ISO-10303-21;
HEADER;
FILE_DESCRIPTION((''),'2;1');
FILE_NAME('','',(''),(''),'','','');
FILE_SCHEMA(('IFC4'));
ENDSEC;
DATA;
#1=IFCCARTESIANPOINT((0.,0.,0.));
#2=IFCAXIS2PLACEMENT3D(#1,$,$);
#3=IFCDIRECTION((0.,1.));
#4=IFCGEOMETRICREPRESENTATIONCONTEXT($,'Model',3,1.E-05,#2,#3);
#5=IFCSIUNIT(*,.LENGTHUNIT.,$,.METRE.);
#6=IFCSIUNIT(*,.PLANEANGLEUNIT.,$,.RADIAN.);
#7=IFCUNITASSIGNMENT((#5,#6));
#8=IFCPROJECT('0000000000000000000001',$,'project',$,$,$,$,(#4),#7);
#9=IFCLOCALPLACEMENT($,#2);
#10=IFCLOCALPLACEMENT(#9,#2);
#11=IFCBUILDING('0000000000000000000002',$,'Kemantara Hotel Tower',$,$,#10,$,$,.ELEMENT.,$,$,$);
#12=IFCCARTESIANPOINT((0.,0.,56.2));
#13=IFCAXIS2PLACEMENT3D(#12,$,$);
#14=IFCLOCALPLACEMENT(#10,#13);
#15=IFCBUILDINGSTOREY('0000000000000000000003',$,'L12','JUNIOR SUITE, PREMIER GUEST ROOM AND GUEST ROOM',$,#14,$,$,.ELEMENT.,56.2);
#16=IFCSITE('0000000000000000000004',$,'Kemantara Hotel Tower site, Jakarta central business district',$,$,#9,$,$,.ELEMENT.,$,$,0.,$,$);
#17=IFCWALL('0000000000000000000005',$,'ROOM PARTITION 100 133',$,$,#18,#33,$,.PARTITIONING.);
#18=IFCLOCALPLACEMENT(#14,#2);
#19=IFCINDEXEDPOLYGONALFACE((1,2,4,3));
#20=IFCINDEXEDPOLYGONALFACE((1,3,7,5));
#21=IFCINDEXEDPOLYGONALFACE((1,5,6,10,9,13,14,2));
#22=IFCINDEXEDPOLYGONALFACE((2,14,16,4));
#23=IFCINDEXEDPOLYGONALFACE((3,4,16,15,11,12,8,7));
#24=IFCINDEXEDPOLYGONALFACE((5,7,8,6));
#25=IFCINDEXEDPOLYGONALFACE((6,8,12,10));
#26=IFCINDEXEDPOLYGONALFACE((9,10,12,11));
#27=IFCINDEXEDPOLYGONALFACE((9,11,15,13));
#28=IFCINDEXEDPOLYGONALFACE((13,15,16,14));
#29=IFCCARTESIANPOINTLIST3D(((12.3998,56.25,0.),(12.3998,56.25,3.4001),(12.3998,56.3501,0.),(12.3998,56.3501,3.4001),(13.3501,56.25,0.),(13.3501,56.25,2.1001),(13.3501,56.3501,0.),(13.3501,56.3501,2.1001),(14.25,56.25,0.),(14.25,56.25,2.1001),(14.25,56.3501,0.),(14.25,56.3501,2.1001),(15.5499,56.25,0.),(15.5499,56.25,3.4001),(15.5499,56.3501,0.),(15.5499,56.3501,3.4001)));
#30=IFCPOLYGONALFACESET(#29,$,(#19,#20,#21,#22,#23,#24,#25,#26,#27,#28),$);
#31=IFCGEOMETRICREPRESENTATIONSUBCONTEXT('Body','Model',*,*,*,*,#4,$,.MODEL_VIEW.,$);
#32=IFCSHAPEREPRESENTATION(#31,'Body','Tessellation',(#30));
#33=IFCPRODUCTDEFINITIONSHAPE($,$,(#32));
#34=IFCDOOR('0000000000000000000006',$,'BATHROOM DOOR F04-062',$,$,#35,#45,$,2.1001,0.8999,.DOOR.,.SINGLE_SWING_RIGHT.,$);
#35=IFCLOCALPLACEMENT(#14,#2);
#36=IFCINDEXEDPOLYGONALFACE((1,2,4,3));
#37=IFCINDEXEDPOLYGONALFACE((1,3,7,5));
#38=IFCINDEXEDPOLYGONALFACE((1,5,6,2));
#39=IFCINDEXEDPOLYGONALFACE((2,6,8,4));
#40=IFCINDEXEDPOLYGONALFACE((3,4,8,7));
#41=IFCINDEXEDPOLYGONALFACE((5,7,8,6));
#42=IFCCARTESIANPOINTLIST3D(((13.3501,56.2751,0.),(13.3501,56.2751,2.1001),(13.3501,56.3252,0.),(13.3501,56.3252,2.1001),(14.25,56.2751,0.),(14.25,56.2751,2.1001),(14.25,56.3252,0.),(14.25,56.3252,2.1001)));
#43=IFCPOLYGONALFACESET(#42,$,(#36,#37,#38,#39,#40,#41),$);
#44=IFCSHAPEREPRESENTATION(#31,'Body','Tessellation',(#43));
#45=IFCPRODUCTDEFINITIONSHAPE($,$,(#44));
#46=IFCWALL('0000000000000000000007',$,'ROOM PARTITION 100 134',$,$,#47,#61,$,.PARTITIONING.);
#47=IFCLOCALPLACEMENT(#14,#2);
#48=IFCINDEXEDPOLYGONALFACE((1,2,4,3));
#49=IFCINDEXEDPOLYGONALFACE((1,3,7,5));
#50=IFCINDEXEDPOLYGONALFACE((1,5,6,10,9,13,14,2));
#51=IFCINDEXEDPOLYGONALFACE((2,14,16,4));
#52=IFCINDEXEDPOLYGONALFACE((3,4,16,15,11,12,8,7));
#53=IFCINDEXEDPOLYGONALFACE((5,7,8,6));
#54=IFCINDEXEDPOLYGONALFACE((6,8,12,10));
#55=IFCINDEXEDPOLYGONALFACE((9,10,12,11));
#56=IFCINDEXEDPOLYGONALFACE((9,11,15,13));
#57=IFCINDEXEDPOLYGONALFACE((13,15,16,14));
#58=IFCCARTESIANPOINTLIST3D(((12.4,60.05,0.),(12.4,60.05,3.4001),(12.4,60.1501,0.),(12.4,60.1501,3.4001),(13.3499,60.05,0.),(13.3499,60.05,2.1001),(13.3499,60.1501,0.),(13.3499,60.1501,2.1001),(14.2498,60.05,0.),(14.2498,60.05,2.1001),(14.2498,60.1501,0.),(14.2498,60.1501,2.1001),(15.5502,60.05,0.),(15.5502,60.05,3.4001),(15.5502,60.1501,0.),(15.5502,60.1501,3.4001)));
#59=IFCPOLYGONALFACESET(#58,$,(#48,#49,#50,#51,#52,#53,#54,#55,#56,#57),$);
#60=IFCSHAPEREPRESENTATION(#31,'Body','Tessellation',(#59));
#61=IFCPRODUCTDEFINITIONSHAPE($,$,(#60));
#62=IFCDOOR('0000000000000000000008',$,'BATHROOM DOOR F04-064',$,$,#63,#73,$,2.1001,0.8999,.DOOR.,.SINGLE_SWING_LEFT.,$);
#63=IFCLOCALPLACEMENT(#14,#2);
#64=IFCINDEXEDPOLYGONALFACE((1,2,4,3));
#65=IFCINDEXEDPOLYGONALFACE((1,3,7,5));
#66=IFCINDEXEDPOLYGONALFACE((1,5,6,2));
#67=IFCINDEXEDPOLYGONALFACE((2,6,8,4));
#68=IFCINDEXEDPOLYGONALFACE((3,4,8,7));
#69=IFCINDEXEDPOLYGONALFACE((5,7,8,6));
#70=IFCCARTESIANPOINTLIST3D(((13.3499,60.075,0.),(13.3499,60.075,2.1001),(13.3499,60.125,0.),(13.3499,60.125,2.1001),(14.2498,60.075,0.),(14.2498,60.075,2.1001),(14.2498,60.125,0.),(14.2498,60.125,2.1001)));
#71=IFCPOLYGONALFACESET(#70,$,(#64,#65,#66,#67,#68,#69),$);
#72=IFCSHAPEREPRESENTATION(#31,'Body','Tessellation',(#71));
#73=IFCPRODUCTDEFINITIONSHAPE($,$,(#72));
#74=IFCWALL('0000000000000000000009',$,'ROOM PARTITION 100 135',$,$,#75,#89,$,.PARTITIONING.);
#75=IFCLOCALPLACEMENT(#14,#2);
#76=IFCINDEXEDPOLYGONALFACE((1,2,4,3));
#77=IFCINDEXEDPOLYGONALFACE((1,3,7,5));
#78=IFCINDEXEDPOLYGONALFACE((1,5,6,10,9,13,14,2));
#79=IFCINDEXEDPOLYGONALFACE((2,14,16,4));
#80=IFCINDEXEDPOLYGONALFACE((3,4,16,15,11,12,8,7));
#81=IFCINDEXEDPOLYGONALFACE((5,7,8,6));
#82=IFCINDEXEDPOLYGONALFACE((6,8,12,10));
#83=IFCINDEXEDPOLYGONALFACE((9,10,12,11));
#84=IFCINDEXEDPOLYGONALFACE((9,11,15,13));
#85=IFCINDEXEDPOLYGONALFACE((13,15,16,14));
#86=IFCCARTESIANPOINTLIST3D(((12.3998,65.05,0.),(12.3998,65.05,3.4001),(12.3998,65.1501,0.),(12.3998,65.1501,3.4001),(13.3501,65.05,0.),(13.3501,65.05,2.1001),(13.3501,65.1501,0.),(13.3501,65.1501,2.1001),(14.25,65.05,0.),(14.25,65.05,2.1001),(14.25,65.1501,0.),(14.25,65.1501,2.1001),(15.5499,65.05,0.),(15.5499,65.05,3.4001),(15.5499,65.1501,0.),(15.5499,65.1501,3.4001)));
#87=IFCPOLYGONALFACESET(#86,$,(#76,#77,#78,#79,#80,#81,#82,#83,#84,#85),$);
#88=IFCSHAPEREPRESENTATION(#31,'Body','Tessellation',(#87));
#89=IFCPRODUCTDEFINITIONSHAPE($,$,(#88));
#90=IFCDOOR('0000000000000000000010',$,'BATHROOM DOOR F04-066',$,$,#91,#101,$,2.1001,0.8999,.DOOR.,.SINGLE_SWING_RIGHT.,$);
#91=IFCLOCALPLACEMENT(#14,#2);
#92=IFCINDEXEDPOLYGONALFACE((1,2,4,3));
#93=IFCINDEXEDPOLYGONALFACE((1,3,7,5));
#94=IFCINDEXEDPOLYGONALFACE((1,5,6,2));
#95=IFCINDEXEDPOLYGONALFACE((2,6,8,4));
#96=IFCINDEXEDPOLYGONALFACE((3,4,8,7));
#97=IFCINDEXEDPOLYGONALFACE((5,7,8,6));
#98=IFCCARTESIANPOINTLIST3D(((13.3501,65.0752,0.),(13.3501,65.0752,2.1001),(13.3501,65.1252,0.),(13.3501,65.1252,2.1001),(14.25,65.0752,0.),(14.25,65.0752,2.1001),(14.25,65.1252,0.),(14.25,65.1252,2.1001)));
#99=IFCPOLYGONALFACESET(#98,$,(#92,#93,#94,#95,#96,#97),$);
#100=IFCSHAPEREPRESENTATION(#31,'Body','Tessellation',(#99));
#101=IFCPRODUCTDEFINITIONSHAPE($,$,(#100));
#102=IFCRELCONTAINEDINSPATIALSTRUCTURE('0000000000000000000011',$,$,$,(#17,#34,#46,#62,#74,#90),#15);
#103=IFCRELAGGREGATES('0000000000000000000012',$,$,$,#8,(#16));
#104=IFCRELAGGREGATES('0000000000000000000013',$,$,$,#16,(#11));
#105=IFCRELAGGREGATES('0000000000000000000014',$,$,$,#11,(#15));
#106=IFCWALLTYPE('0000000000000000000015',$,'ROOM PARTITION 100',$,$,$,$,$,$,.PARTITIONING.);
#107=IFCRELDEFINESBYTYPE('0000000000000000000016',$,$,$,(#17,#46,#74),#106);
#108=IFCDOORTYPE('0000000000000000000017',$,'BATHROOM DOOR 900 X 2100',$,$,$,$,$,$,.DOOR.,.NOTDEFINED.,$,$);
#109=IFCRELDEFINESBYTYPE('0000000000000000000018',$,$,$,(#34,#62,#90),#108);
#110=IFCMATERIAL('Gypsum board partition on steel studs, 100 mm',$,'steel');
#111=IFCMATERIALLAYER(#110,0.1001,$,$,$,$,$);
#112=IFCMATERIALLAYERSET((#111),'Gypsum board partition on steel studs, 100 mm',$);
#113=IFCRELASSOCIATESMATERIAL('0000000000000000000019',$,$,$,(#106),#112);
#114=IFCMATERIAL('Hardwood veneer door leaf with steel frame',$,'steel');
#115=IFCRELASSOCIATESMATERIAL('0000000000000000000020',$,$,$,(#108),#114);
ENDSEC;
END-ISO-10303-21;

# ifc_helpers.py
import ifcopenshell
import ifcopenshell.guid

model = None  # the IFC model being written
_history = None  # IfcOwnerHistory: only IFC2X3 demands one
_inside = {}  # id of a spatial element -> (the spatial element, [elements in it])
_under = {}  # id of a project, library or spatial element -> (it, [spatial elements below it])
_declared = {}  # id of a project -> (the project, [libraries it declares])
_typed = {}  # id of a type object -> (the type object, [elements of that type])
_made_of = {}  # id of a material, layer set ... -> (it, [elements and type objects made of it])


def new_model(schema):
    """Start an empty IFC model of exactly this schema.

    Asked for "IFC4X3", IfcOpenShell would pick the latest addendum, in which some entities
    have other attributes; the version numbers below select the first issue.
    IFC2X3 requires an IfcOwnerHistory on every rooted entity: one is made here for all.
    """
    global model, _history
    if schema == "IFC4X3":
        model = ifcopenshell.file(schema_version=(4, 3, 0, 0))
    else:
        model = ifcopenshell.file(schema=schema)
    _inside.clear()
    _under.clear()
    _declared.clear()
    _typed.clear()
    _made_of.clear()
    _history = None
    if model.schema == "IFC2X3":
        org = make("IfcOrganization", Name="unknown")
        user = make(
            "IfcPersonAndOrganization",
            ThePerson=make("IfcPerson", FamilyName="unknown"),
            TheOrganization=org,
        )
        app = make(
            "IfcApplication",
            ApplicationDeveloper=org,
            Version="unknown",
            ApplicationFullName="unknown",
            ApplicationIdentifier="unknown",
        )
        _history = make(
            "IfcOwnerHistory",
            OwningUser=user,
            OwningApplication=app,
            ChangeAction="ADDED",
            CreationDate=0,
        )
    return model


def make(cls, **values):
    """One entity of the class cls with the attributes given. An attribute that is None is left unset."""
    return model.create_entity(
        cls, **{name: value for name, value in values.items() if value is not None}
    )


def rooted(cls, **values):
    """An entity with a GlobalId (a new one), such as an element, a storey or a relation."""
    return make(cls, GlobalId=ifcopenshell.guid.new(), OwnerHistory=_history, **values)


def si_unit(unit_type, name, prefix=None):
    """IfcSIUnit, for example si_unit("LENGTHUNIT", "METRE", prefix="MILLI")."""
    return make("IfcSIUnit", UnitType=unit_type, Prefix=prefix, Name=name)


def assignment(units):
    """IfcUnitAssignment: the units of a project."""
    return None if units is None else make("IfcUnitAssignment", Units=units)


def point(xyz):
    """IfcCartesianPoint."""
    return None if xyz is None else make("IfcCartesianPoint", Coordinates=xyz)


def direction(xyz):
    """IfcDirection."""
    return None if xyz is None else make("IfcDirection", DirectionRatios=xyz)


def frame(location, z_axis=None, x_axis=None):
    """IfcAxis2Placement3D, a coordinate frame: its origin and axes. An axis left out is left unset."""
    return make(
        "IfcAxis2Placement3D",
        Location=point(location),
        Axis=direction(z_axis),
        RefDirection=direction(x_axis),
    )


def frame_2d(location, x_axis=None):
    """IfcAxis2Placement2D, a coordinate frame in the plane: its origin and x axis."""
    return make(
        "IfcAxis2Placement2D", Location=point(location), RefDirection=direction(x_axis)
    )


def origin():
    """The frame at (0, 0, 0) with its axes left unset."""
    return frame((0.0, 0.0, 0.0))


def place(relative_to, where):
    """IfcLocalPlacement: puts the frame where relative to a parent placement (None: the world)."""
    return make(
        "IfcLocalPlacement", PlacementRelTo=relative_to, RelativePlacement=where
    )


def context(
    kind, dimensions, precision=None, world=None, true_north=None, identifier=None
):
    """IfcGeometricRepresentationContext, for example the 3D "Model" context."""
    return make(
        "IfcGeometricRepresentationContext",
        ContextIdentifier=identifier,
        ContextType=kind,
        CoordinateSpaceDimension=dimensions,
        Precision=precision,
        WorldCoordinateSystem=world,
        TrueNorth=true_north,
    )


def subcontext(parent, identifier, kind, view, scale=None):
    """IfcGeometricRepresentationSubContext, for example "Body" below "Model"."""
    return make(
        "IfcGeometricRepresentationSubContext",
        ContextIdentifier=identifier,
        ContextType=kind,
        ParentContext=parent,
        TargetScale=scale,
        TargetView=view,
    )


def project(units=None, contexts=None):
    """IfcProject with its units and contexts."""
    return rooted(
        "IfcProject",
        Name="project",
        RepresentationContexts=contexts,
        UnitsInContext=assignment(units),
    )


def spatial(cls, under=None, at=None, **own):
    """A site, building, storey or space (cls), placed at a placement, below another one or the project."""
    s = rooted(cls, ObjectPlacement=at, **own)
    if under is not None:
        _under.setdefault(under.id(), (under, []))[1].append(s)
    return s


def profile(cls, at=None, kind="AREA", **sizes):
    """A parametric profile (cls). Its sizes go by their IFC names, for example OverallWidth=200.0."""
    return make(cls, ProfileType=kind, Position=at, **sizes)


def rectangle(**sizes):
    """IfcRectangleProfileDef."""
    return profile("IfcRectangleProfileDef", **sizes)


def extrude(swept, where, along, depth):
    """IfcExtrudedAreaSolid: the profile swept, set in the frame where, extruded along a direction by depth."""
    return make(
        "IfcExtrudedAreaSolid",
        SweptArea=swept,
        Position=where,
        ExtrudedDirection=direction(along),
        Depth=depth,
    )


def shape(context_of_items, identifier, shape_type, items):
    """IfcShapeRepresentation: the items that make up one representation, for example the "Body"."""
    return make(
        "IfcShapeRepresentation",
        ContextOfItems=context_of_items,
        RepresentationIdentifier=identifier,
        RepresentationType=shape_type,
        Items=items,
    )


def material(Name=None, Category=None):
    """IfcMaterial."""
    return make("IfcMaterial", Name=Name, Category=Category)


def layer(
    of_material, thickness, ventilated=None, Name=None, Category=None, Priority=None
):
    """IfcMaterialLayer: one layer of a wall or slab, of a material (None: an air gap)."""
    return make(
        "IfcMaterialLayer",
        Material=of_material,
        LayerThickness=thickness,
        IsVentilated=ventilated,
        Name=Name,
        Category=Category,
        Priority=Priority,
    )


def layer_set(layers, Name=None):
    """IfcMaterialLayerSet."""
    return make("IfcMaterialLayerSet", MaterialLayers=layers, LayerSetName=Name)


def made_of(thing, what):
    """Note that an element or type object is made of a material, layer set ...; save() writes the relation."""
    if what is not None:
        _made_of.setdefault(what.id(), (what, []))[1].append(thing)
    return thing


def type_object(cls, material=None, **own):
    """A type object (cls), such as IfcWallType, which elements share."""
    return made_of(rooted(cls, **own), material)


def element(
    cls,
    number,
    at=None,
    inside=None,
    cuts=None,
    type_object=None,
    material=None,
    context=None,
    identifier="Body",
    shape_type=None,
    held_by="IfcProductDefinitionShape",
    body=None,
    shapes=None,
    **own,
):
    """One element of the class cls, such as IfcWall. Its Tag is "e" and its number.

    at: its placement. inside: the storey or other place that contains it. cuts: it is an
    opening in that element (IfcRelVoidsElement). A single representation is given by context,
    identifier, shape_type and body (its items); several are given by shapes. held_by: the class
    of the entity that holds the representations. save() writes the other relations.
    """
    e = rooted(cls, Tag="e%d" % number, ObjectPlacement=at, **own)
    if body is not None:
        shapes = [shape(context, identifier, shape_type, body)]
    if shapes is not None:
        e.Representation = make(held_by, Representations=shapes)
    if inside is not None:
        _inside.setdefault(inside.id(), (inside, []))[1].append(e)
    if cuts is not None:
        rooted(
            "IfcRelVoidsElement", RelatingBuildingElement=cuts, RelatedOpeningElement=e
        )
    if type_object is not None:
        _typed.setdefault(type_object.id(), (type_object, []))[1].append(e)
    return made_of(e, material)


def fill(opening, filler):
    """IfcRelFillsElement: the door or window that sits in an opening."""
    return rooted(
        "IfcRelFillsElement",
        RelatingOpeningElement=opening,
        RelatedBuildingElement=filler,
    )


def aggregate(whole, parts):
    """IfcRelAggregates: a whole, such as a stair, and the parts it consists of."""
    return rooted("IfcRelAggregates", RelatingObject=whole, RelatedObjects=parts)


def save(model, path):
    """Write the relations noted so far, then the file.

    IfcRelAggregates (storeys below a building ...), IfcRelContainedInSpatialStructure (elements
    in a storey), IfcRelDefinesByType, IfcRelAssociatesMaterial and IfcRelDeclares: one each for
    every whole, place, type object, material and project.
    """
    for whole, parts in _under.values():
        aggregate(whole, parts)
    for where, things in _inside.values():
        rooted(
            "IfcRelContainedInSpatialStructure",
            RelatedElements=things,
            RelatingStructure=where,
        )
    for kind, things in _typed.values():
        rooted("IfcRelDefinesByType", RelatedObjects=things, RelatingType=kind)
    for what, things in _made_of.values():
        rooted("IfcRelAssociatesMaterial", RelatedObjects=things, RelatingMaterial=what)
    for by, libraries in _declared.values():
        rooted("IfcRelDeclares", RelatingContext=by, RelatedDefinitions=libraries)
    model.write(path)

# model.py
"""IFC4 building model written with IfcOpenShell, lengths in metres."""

from ifc_helpers import new_model, si_unit, direction, frame, frame_2d, origin, place, context, subcontext, project, spatial, rectangle, extrude, material, layer, layer_set, type_object, element, fill, save


model = new_model("IFC4")

# Units and contexts
model_context = context("Model", 3, precision=1e-05, world=origin(), true_north=direction((0.0, 1.0)))
body_context = subcontext(model_context, "Body", "Model", "MODEL_VIEW")
ifc_project = project(units=[si_unit("LENGTHUNIT", "METRE"), si_unit("PLANEANGLEUNIT", "RADIAN")], contexts=[model_context])

# Site, building, storey
site_placement = place(None, origin())
site = spatial("IfcSite", under=ifc_project, at=site_placement, Name="Kemantara Hotel Tower site, Jakarta central business district", CompositionType="ELEMENT", RefElevation=0.0)
building_placement = place(site_placement, origin())
building = spatial("IfcBuilding", under=site, at=building_placement, Name="Kemantara Hotel Tower", CompositionType="ELEMENT")
storey_placement = place(building_placement, frame((0.0, 0.0, 56.2)))
storey = spatial("IfcBuildingStorey", under=building, at=storey_placement, Name="L12", Description="JUNIOR SUITE, PREMIER GUEST ROOM AND GUEST ROOM", CompositionType="ELEMENT", Elevation=56.2)

# Shared definitions
ifc_material_1 = material(Name="Hardwood veneer door leaf with steel frame", Category="steel")

# Shared definitions
ifc_material_2 = material(Name="Gypsum board partition on steel studs, 100 mm", Category="steel")
ifc_layer_1 = layer(ifc_material_2, 0.1001)
ifc_layer_set_1 = layer_set([ifc_layer_1], Name="Gypsum board partition on steel studs, 100 mm")
wall_type_1 = type_object("IfcWallType", Name="ROOM PARTITION 100", PredefinedType="PARTITIONING", material=ifc_layer_set_1)

# Walls, openings, doors
wall_1_placement = place(storey_placement, frame((15.55, 56.3, 0.0), z_axis=(0.0, 0.0, 1.0), x_axis=(-1.0, 0.0, 0.0)))
wall_1 = element("IfcWall", 1, at=wall_1_placement, inside=storey, type_object=wall_type_1, Name="ROOM PARTITION 100 133", PredefinedType="PARTITIONING", context=body_context, shape_type="SweptSolid", body=[
    extrude(rectangle(XDim=3.1501, YDim=0.1001, at=frame_2d((1.5752, 0.0))), origin(), (0.0, 0.0, 1.0), 3.4001),
])
opening_1_placement = place(wall_1_placement, frame((1.3, 0.0, 0.0)))
opening_1 = element("IfcOpeningElement", 2, at=opening_1_placement, cuts=wall_1, PredefinedType="OPENING", context=body_context, shape_type="SweptSolid", body=[
    extrude(rectangle(XDim=0.8999, YDim=2.1001, at=frame_2d((0.45, 1.05))), frame((0.0, 0.0601, 0.0), z_axis=(0.0, -1.0, 0.0), x_axis=(1.0, 0.0, 0.0)), (0.0, 0.0, 1.0), 0.1201),
])
door_type_1 = type_object("IfcDoorType", Name="BATHROOM DOOR 900 X 2100", OperationType="NOTDEFINED", PredefinedType="DOOR", material=ifc_material_1)
door_1_placement = place(opening_1_placement, origin())
door_1 = element("IfcDoor", 3, at=door_1_placement, inside=storey, type_object=door_type_1, Name="BATHROOM DOOR F04-062", OperationType="SINGLE_SWING_RIGHT", OverallHeight=2.1001, OverallWidth=0.8999, PredefinedType="DOOR", context=body_context, shape_type="SweptSolid", body=[
    extrude(rectangle(XDim=0.8999, YDim=2.1001, at=frame_2d((0.45, 1.05))), frame((0.0, 0.0249, 0.0), z_axis=(0.0, -1.0, 0.0), x_axis=(1.0, 0.0, 0.0)), (0.0, 0.0, 1.0), 0.05),
])
fill(opening_1, door_1)
wall_2_placement = place(storey_placement, frame((12.3999, 60.1001, 0.0), z_axis=(0.0, 0.0, 1.0), x_axis=(1.0, 0.0, 0.0)))
wall_2 = element("IfcWall", 4, at=wall_2_placement, inside=storey, type_object=wall_type_1, Name="ROOM PARTITION 100 134", PredefinedType="PARTITIONING", context=body_context, shape_type="SweptSolid", body=[
    extrude(rectangle(XDim=3.1501, YDim=0.1001, at=frame_2d((1.5752, 0.0))), origin(), (0.0, 0.0, 1.0), 3.4001),
])
opening_2_placement = place(wall_2_placement, frame((0.95, 0.0, 0.0)))
opening_2 = element("IfcOpeningElement", 5, at=opening_2_placement, cuts=wall_2, PredefinedType="OPENING", context=body_context, shape_type="SweptSolid", body=[
    extrude(rectangle(XDim=0.8999, YDim=2.1001, at=frame_2d((0.45, 1.05))), frame((0.0, 0.0601, 0.0), z_axis=(0.0, -1.0, 0.0), x_axis=(1.0, 0.0, 0.0)), (0.0, 0.0, 1.0), 0.1201),
])
door_2_placement = place(opening_2_placement, origin())
door_2 = element("IfcDoor", 6, at=door_2_placement, inside=storey, type_object=door_type_1, Name="BATHROOM DOOR F04-064", OperationType="SINGLE_SWING_LEFT", OverallHeight=2.1001, OverallWidth=0.8999, PredefinedType="DOOR", context=body_context, shape_type="SweptSolid", body=[
    extrude(rectangle(XDim=0.8999, YDim=2.1001, at=frame_2d((0.45, 1.05))), frame((0.0, 0.0249, 0.0), z_axis=(0.0, -1.0, 0.0), x_axis=(1.0, 0.0, 0.0)), (0.0, 0.0, 1.0), 0.05),
])
fill(opening_2, door_2)
wall_3_placement = place(storey_placement, frame((15.55, 65.1001, 0.0), z_axis=(0.0, 0.0, 1.0), x_axis=(-1.0, 0.0, 0.0)))
wall_3 = element("IfcWall", 7, at=wall_3_placement, inside=storey, type_object=wall_type_1, Name="ROOM PARTITION 100 135", PredefinedType="PARTITIONING", context=body_context, shape_type="SweptSolid", body=[
    extrude(rectangle(XDim=3.1501, YDim=0.1001, at=frame_2d((1.5752, 0.0))), origin(), (0.0, 0.0, 1.0), 3.4001),
])
opening_3_placement = place(wall_3_placement, frame((1.3, 0.0, 0.0)))
opening_3 = element("IfcOpeningElement", 8, at=opening_3_placement, cuts=wall_3, PredefinedType="OPENING", context=body_context, shape_type="SweptSolid", body=[
    extrude(rectangle(XDim=0.8999, YDim=2.1001, at=frame_2d((0.45, 1.05))), frame((0.0, 0.0601, 0.0), z_axis=(0.0, -1.0, 0.0), x_axis=(1.0, 0.0, 0.0)), (0.0, 0.0, 1.0), 0.1201),
])
door_3_placement = place(opening_3_placement, origin())
door_3 = element("IfcDoor", 9, at=door_3_placement, inside=storey, type_object=door_type_1, Name="BATHROOM DOOR F04-066", OperationType="SINGLE_SWING_RIGHT", OverallHeight=2.1001, OverallWidth=0.8999, PredefinedType="DOOR", context=body_context, shape_type="SweptSolid", body=[
    extrude(rectangle(XDim=0.8999, YDim=2.1001, at=frame_2d((0.45, 1.05))), frame((0.0, 0.0249, 0.0), z_axis=(0.0, -1.0, 0.0), x_axis=(1.0, 0.0, 0.0)), (0.0, 0.0, 1.0), 0.05),
])
fill(opening_3, door_3)

save(model, "model.ifc")
